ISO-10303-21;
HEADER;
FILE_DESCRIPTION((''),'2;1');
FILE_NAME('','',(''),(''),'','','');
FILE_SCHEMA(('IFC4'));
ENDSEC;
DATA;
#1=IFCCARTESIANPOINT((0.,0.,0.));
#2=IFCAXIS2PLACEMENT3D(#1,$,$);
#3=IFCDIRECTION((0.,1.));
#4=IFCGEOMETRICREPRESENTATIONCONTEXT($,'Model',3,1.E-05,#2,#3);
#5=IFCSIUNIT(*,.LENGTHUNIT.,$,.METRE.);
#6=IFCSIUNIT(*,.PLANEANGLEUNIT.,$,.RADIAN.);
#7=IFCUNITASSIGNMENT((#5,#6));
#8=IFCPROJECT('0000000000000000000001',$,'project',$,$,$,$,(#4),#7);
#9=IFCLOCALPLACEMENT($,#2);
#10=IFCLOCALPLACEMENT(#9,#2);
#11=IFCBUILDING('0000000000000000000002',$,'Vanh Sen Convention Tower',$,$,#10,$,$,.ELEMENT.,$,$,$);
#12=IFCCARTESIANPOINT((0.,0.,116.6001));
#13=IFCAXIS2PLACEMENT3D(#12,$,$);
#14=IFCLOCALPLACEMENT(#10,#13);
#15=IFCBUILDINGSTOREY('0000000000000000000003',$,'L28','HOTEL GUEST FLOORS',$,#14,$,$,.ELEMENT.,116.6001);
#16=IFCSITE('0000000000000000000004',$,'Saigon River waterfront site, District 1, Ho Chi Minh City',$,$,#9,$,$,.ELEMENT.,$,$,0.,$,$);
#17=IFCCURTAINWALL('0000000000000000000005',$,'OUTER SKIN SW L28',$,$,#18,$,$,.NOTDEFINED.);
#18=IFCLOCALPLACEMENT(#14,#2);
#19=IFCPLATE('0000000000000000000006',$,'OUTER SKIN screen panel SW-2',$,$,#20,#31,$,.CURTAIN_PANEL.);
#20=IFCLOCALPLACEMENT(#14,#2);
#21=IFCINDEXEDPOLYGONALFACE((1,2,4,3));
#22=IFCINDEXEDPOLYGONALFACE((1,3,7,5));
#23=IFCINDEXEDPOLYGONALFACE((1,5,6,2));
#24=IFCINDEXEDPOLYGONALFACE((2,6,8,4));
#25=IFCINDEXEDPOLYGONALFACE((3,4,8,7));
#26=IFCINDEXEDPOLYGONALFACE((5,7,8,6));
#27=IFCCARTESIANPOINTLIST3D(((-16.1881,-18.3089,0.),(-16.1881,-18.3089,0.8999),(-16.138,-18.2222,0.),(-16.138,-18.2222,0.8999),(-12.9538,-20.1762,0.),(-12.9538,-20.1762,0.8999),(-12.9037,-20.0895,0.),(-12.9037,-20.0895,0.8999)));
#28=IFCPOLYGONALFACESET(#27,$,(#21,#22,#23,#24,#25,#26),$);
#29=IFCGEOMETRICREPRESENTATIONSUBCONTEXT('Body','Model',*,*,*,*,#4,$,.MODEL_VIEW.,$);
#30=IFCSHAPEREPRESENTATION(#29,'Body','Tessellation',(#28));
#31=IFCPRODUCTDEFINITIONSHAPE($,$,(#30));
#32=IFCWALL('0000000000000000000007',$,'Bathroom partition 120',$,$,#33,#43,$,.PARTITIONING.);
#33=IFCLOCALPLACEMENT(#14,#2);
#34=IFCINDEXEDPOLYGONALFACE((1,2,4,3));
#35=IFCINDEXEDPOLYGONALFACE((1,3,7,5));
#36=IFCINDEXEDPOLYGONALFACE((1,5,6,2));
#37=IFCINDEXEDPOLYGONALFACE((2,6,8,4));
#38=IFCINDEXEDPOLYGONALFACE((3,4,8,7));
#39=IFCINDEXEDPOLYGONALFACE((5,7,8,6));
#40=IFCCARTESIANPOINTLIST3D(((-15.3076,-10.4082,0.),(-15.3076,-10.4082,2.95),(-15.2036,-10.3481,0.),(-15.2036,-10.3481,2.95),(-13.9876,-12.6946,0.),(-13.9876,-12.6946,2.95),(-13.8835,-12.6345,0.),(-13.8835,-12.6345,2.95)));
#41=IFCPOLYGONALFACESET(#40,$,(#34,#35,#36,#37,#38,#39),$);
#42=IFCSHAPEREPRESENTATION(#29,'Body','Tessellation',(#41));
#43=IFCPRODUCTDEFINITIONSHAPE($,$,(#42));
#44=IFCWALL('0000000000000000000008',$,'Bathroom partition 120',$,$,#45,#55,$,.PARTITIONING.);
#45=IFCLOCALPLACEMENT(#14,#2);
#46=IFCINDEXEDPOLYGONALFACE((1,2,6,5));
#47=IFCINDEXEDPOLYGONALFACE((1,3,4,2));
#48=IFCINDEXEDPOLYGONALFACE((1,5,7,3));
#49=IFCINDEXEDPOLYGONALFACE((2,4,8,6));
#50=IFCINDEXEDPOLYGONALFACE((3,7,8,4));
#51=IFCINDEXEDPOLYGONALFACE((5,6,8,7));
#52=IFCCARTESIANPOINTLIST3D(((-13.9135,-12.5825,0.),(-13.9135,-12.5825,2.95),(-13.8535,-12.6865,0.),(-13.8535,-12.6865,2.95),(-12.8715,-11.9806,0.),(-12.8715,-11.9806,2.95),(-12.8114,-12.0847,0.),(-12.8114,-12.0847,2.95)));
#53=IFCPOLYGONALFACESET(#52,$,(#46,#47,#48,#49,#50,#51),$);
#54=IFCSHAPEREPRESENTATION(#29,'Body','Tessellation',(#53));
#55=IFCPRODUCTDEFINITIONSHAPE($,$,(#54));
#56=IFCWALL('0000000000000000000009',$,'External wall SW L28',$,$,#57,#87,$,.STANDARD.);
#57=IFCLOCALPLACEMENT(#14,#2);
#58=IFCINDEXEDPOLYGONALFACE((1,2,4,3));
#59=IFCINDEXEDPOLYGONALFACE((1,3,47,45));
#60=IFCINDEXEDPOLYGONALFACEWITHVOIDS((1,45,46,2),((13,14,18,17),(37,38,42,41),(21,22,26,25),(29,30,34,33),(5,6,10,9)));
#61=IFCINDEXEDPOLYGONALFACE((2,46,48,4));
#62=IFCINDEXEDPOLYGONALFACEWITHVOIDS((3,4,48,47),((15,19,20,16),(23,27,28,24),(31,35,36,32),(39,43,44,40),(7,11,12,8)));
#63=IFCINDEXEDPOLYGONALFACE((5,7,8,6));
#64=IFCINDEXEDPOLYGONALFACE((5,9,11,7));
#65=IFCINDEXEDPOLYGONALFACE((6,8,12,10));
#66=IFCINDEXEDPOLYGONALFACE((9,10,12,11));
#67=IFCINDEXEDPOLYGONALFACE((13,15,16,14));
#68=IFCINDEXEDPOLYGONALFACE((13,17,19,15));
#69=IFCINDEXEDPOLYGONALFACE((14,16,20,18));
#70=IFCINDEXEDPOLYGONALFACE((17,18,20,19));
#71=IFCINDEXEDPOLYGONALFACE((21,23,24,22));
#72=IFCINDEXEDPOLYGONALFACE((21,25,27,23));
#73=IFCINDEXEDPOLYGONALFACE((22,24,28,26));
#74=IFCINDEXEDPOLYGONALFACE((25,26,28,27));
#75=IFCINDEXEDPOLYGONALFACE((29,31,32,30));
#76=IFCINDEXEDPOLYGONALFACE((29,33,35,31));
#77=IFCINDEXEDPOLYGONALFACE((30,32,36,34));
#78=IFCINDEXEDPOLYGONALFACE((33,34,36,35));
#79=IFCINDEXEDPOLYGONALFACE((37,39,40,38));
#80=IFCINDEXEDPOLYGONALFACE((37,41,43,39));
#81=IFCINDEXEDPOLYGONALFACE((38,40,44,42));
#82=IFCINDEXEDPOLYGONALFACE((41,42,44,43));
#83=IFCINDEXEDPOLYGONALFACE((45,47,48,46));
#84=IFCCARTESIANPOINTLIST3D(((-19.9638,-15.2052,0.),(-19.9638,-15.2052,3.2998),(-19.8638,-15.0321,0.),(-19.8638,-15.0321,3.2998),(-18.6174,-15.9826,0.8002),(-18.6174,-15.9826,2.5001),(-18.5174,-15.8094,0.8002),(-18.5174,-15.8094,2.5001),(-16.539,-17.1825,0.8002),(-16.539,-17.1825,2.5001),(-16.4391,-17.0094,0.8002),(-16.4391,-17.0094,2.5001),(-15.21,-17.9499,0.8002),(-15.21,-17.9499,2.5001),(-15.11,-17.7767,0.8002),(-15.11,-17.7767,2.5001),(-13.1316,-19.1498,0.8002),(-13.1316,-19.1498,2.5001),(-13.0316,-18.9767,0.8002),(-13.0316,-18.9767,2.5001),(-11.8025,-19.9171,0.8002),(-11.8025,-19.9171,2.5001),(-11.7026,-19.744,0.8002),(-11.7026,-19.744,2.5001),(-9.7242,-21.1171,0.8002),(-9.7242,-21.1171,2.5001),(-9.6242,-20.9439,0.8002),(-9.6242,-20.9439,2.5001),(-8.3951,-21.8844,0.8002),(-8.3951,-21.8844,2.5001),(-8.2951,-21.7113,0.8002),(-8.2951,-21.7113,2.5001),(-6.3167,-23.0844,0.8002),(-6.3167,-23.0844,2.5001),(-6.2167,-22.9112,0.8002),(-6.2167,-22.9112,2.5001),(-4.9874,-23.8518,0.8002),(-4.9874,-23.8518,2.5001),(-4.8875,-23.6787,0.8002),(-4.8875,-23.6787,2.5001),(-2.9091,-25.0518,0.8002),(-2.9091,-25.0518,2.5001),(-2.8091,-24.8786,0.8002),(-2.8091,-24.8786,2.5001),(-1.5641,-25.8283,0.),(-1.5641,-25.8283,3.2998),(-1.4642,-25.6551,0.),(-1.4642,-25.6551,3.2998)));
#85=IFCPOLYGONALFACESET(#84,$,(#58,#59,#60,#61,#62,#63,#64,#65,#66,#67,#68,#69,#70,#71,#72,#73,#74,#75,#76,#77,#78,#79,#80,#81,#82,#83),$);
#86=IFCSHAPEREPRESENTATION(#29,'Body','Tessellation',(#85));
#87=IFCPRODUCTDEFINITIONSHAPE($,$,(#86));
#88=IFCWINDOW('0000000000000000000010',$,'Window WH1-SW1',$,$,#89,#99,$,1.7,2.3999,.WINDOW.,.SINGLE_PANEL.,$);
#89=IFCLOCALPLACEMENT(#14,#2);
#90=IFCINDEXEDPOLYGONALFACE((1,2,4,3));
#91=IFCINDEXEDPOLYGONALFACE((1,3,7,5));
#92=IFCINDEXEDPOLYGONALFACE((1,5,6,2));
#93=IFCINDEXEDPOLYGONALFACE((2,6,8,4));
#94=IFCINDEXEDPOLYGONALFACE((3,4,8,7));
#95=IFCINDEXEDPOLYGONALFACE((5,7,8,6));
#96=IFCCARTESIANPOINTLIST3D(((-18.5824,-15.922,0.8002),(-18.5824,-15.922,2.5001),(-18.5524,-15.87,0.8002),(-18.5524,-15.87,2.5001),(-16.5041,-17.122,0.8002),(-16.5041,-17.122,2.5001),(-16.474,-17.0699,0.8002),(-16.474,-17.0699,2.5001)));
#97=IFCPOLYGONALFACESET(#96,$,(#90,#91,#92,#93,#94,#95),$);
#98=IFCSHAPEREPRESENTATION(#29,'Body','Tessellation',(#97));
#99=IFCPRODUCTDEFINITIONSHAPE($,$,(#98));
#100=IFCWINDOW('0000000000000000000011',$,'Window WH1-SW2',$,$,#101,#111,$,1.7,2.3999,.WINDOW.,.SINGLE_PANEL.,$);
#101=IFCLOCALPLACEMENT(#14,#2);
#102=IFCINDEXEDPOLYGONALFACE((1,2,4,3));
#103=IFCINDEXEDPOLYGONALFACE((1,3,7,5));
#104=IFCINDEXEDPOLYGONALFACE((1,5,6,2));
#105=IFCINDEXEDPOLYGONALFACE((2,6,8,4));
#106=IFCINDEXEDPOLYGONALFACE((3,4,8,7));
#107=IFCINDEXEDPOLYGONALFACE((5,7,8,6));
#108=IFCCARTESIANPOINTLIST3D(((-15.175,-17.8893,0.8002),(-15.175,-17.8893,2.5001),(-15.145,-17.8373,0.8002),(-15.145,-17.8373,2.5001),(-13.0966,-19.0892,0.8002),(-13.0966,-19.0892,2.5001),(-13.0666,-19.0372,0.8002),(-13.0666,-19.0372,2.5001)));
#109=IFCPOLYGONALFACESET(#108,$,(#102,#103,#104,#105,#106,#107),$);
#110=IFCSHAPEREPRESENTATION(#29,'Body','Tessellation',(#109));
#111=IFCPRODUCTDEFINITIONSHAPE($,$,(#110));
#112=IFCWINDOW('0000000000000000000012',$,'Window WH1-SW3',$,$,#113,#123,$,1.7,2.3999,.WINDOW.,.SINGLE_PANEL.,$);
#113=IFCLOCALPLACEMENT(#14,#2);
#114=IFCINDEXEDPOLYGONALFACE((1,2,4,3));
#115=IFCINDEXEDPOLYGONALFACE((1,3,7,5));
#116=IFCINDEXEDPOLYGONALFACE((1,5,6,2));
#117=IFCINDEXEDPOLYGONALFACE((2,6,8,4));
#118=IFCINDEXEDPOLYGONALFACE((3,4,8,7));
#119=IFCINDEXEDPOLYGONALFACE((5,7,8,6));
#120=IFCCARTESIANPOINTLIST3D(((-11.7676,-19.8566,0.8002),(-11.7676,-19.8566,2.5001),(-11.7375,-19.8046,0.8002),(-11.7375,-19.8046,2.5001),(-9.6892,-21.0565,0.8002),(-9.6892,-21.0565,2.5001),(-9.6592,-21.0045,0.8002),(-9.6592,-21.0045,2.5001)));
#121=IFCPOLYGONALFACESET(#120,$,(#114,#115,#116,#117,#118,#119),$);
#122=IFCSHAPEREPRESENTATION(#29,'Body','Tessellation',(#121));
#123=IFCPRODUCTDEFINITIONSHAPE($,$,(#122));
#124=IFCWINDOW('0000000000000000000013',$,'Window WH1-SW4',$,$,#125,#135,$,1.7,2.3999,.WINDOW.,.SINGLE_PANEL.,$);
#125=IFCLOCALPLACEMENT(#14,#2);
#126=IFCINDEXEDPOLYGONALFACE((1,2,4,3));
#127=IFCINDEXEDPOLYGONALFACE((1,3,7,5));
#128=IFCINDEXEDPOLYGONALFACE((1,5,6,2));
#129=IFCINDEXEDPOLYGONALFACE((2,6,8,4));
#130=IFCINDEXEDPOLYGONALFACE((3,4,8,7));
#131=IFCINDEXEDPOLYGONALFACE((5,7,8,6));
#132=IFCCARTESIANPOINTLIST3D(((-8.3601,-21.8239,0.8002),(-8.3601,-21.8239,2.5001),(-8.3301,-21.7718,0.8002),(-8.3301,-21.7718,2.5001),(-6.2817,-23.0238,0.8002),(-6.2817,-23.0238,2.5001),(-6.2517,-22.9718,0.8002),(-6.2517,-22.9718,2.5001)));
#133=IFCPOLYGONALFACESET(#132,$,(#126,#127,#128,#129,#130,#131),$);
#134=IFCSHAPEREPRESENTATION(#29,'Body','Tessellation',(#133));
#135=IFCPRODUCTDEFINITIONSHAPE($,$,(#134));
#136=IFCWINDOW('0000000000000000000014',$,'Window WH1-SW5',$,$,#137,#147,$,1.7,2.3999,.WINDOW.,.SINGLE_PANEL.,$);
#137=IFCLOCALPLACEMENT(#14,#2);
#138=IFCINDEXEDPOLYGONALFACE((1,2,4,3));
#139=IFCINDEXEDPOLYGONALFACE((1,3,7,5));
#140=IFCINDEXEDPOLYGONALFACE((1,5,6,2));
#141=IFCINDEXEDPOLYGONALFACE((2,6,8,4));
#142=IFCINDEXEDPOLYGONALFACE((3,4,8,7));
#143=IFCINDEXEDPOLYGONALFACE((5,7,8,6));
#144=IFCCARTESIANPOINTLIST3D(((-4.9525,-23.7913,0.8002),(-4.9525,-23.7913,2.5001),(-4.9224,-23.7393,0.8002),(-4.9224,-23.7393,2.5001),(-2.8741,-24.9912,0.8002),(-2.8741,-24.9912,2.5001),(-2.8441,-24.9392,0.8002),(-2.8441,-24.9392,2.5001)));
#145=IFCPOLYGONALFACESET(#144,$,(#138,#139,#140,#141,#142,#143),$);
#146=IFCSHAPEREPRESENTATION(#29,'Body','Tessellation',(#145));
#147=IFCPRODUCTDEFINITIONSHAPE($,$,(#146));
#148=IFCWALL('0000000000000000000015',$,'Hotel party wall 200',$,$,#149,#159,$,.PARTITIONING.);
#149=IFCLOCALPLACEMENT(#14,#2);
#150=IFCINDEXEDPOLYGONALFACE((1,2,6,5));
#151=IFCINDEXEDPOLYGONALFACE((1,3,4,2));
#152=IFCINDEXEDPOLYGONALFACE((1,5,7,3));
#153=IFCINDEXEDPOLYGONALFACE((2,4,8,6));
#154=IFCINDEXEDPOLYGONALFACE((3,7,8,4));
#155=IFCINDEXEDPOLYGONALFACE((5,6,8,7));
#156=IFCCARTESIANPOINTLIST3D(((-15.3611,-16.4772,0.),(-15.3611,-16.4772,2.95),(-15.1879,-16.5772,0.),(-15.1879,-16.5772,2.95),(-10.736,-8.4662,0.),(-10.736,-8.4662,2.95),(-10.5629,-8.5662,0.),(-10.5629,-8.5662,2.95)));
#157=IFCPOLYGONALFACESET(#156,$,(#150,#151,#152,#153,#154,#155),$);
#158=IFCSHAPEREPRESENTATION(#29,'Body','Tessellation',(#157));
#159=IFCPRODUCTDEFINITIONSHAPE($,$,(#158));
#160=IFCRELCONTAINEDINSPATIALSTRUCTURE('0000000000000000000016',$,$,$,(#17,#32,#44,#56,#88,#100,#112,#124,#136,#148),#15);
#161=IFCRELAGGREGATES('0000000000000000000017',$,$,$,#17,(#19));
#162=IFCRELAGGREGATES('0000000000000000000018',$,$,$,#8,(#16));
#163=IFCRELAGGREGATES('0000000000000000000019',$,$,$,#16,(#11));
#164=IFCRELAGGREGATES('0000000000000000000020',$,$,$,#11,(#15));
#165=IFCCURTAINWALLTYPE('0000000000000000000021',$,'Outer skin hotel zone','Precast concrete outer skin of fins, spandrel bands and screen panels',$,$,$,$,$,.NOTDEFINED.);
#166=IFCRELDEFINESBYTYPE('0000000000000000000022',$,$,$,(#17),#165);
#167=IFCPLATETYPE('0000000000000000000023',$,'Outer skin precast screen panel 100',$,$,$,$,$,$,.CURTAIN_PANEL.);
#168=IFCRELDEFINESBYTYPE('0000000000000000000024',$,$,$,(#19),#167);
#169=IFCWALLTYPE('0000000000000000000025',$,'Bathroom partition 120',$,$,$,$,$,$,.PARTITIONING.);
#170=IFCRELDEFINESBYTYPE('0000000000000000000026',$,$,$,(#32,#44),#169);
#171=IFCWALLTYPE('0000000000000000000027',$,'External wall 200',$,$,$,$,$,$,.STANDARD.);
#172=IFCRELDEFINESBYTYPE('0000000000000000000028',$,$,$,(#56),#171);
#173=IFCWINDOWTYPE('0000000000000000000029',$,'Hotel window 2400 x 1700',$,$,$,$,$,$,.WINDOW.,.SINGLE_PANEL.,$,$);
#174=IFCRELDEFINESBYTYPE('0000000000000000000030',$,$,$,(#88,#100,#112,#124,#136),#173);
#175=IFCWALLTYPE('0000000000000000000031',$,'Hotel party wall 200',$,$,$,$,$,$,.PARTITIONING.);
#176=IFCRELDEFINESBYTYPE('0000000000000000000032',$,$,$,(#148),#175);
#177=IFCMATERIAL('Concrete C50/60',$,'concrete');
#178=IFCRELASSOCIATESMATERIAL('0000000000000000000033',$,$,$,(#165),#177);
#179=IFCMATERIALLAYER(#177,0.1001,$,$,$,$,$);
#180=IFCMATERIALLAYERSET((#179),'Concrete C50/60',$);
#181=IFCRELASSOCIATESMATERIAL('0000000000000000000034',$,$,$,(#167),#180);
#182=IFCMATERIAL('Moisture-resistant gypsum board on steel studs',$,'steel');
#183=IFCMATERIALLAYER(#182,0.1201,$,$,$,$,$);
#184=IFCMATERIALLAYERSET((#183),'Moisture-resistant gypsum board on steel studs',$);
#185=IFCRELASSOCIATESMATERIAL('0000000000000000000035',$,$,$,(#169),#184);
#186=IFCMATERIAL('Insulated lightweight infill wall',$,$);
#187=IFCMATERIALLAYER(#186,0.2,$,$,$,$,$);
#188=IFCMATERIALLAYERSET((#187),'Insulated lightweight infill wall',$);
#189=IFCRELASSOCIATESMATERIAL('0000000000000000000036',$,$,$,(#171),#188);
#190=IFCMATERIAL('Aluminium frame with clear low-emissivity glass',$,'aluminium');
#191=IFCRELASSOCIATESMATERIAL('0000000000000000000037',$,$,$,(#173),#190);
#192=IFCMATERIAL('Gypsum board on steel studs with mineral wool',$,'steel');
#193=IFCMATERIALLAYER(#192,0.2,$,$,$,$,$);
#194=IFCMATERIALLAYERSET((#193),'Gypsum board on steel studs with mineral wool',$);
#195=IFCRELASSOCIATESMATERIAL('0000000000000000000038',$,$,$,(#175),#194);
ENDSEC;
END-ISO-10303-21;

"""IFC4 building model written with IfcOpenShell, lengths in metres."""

from ifc_helpers import new_model, si_unit, direction, frame, frame_2d, origin, origin_2d, place, context, subcontext, project, spatial, rectangle, extrude, material, layer, layer_set, type_object, element, fill, aggregate, save


model = new_model("IFC4")

# Units and contexts
model_context = context("Model", 3, precision=1e-05, world=origin(), true_north=direction((0.0, 1.0)))
body_context = subcontext(model_context, "Body", "Model", "MODEL_VIEW")
ifc_project = project(units=[si_unit("LENGTHUNIT", "METRE"), si_unit("PLANEANGLEUNIT", "RADIAN")], contexts=[model_context])

# Site, building, storey
site_placement = place(None, origin())
site = spatial("IfcSite", under=ifc_project, at=site_placement, Name="Saigon River waterfront site, District 1, Ho Chi Minh City", CompositionType="ELEMENT", RefElevation=0.0)
building_placement = place(site_placement, origin())
building = spatial("IfcBuilding", under=site, at=building_placement, Name="Vanh Sen Convention Tower", CompositionType="ELEMENT")
storey_placement = place(building_placement, frame((0.0, 0.0, 116.6001)))
storey = spatial("IfcBuildingStorey", under=building, at=storey_placement, Name="L28", Description="HOTEL GUEST FLOORS", CompositionType="ELEMENT", Elevation=116.6001)

# Curtain wall
ifc_material_1 = material(Name="Concrete C50/60", Category="concrete")
curtain_wall_type = type_object("IfcCurtainWallType", Name="Outer skin hotel zone", Description="Precast concrete outer skin of fins, spandrel bands and screen panels", PredefinedType="NOTDEFINED", material=ifc_material_1)
curtain_wall_1_placement = place(storey_placement, origin())
curtain_wall_1 = element("IfcCurtainWall", 1, at=curtain_wall_1_placement, inside=storey, type_object=curtain_wall_type, Name="OUTER SKIN SW L28", PredefinedType="NOTDEFINED")

# Shared definitions
ifc_layer_1 = layer(ifc_material_1, 0.1001)
ifc_layer_set_1 = layer_set([ifc_layer_1], Name="Concrete C50/60")
plate_type = type_object("IfcPlateType", Name="Outer skin precast screen panel 100", PredefinedType="CURTAIN_PANEL", material=ifc_layer_set_1)

# Plate
plate_1_placement = place(storey_placement, frame((-14.5459, -19.1992, 0.0), z_axis=(0.0, 0.0, 1.0), x_axis=(0.866032, -0.499988, 0.0)))
plate_1 = element("IfcPlate", 2, at=plate_1_placement, type_object=plate_type, Name="OUTER SKIN screen panel SW-2", PredefinedType="CURTAIN_PANEL", context=body_context, shape_type="SweptSolid", body=[
    extrude(rectangle(XDim=3.7346, YDim=0.1001, at=origin_2d()), origin(), (0.0, 0.0, 1.0), 0.8999),
])
aggregate(curtain_wall_1, [plate_1])

# Walls
ifc_material_2 = material(Name="Moisture-resistant gypsum board on steel studs", Category="steel")
ifc_layer_2 = layer(ifc_material_2, 0.1201)
ifc_layer_set_2 = layer_set([ifc_layer_2], Name="Moisture-resistant gypsum board on steel studs")
wall_type_1 = type_object("IfcWallType", Name="Bathroom partition 120", PredefinedType="PARTITIONING", material=ifc_layer_set_2)
wall_1_placement = place(storey_placement, frame((-13.9355, -12.6646, 0.0), z_axis=(0.0, 0.0, 1.0), x_axis=(-0.500008, 0.866021, 0.0)))
element("IfcWall", 3, at=wall_1_placement, inside=storey, type_object=wall_type_1, Name="Bathroom partition 120", PredefinedType="PARTITIONING", context=body_context, shape_type="SweptSolid", body=[
    extrude(rectangle(XDim=2.6401, YDim=0.1201, at=frame_2d((1.3201, 0.0))), origin(), (0.0, 0.0, 1.0), 2.95),
])
wall_2_placement = place(storey_placement, frame((-12.8416, -12.0327, 0.0), z_axis=(0.0, 0.0, 1.0), x_axis=(-0.865949, -0.500132, 0.0)))
element("IfcWall", 4, at=wall_2_placement, inside=storey, type_object=wall_type_1, Name="Bathroom partition 120", PredefinedType="PARTITIONING", context=body_context, shape_type="SweptSolid", body=[
    extrude(rectangle(XDim=1.2034, YDim=0.1201, at=frame_2d((0.6016, 0.0))), origin(), (0.0, 0.0, 1.0), 2.95),
])

# Wall, openings, windows
ifc_material_3 = material(Name="Insulated lightweight infill wall")
ifc_layer_3 = layer(ifc_material_3, 0.2)
ifc_layer_set_3 = layer_set([ifc_layer_3], Name="Insulated lightweight infill wall")
wall_type_2 = type_object("IfcWallType", Name="External wall 200", PredefinedType="STANDARD", material=ifc_layer_set_3)
wall_3_placement = place(storey_placement, frame((-19.9138, -15.1187, 0.0), z_axis=(0.0, 0.0, 1.0), x_axis=(0.866025, -0.5, 0.0)))
wall_3 = element("IfcWall", 5, at=wall_3_placement, inside=storey, type_object=wall_type_2, Name="External wall SW L28", PredefinedType="STANDARD", context=body_context, shape_type="SweptSolid", body=[
    extrude(rectangle(XDim=21.2461, YDim=0.2, at=frame_2d((10.623, 0.0))), origin(), (0.0, 0.0, 1.0), 3.2998),
])
opening_1_placement = place(wall_3_placement, frame((1.5547, 0.0, 0.8)))
opening_1 = element("IfcOpeningElement", 6, at=opening_1_placement, cuts=wall_3, PredefinedType="OPENING", context=body_context, shape_type="SweptSolid", body=[
    extrude(rectangle(XDim=2.3999, YDim=1.7, at=frame_2d((1.2, 0.8501))), frame((0.0, 0.1099, 0.0), z_axis=(0.0, -1.0, 0.0), x_axis=(1.0, 0.0, 0.0)), (0.0, 0.0, 1.0), 0.22),
])
opening_2_placement = place(wall_3_placement, frame((5.4893, 0.0, 0.8)))
opening_2 = element("IfcOpeningElement", 7, at=opening_2_placement, cuts=wall_3, PredefinedType="OPENING", context=body_context, shape_type="SweptSolid", body=[
    extrude(rectangle(XDim=2.3999, YDim=1.7, at=frame_2d((1.2, 0.8501))), frame((0.0, 0.1099, 0.0), z_axis=(0.0, -1.0, 0.0), x_axis=(1.0, 0.0, 0.0)), (0.0, 0.0, 1.0), 0.22),
])
opening_3_placement = place(wall_3_placement, frame((9.4238, 0.0, 0.8)))
opening_3 = element("IfcOpeningElement", 8, at=opening_3_placement, cuts=wall_3, PredefinedType="OPENING", context=body_context, shape_type="SweptSolid", body=[
    extrude(rectangle(XDim=2.3999, YDim=1.7, at=frame_2d((1.2, 0.8501))), frame((0.0, 0.1099, 0.0), z_axis=(0.0, -1.0, 0.0), x_axis=(1.0, 0.0, 0.0)), (0.0, 0.0, 1.0), 0.22),
])
opening_4_placement = place(wall_3_placement, frame((13.3584, 0.0, 0.8)))
opening_4 = element("IfcOpeningElement", 9, at=opening_4_placement, cuts=wall_3, PredefinedType="OPENING", context=body_context, shape_type="SweptSolid", body=[
    extrude(rectangle(XDim=2.3999, YDim=1.7, at=frame_2d((1.2, 0.8501))), frame((0.0, 0.1099, 0.0), z_axis=(0.0, -1.0, 0.0), x_axis=(1.0, 0.0, 0.0)), (0.0, 0.0, 1.0), 0.22),
])
opening_5_placement = place(wall_3_placement, frame((17.2932, 0.0, 0.8)))
opening_5 = element("IfcOpeningElement", 10, at=opening_5_placement, cuts=wall_3, PredefinedType="OPENING", context=body_context, shape_type="SweptSolid", body=[
    extrude(rectangle(XDim=2.3999, YDim=1.7, at=frame_2d((1.2, 0.8501))), frame((0.0, 0.1099, 0.0), z_axis=(0.0, -1.0, 0.0), x_axis=(1.0, 0.0, 0.0)), (0.0, 0.0, 1.0), 0.22),
])
ifc_material_4 = material(Name="Aluminium frame with clear low-emissivity glass", Category="aluminium")
window_type = type_object("IfcWindowType", Name="Hotel window 2400 x 1700", PartitioningType="SINGLE_PANEL", PredefinedType="WINDOW", material=ifc_material_4)
window_1_placement = place(opening_1_placement, origin())
window_1 = element("IfcWindow", 11, at=window_1_placement, inside=storey, type_object=window_type, Name="Window WH1-SW1", OverallHeight=1.7, OverallWidth=2.3999, PartitioningType="SINGLE_PANEL", PredefinedType="WINDOW", context=body_context, shape_type="SweptSolid", body=[
    extrude(rectangle(XDim=2.3999, YDim=1.7, at=frame_2d((1.2, 0.8501))), frame((0.0, 0.03, 0.0), z_axis=(0.0, -1.0, 0.0), x_axis=(1.0, 0.0, 0.0)), (0.0, 0.0, 1.0), 0.0601),
])
fill(opening_1, window_1)
window_2_placement = place(opening_2_placement, origin())
window_2 = element("IfcWindow", 12, at=window_2_placement, inside=storey, type_object=window_type, Name="Window WH1-SW2", OverallHeight=1.7, OverallWidth=2.3999, PartitioningType="SINGLE_PANEL", PredefinedType="WINDOW", context=body_context, shape_type="SweptSolid", body=[
    extrude(rectangle(XDim=2.3999, YDim=1.7, at=frame_2d((1.2, 0.8501))), frame((0.0, 0.03, 0.0), z_axis=(0.0, -1.0, 0.0), x_axis=(1.0, 0.0, 0.0)), (0.0, 0.0, 1.0), 0.0601),
])
fill(opening_2, window_2)
window_3_placement = place(opening_3_placement, origin())
window_3 = element("IfcWindow", 13, at=window_3_placement, inside=storey, type_object=window_type, Name="Window WH1-SW3", OverallHeight=1.7, OverallWidth=2.3999, PartitioningType="SINGLE_PANEL", PredefinedType="WINDOW", context=body_context, shape_type="SweptSolid", body=[
    extrude(rectangle(XDim=2.3999, YDim=1.7, at=frame_2d((1.2, 0.8501))), frame((0.0, 0.03, 0.0), z_axis=(0.0, -1.0, 0.0), x_axis=(1.0, 0.0, 0.0)), (0.0, 0.0, 1.0), 0.0601),
])
fill(opening_3, window_3)
window_4_placement = place(opening_4_placement, origin())
window_4 = element("IfcWindow", 14, at=window_4_placement, inside=storey, type_object=window_type, Name="Window WH1-SW4", OverallHeight=1.7, OverallWidth=2.3999, PartitioningType="SINGLE_PANEL", PredefinedType="WINDOW", context=body_context, shape_type="SweptSolid", body=[
    extrude(rectangle(XDim=2.3999, YDim=1.7, at=frame_2d((1.2, 0.8501))), frame((0.0, 0.03, 0.0), z_axis=(0.0, -1.0, 0.0), x_axis=(1.0, 0.0, 0.0)), (0.0, 0.0, 1.0), 0.0601),
])
fill(opening_4, window_4)
window_5_placement = place(opening_5_placement, origin())
window_5 = element("IfcWindow", 15, at=window_5_placement, inside=storey, type_object=window_type, Name="Window WH1-SW5", OverallHeight=1.7, OverallWidth=2.3999, PartitioningType="SINGLE_PANEL", PredefinedType="WINDOW", context=body_context, shape_type="SweptSolid", body=[
    extrude(rectangle(XDim=2.3999, YDim=1.7, at=frame_2d((1.2, 0.8501))), frame((0.0, 0.03, 0.0), z_axis=(0.0, -1.0, 0.0), x_axis=(1.0, 0.0, 0.0)), (0.0, 0.0, 1.0), 0.0601),
])
fill(opening_5, window_5)

# Wall
ifc_material_5 = material(Name="Gypsum board on steel studs with mineral wool", Category="steel")
ifc_layer_4 = layer(ifc_material_5, 0.2)
ifc_layer_set_4 = layer_set([ifc_layer_4], Name="Gypsum board on steel studs with mineral wool")
wall_type_3 = type_object("IfcWallType", Name="Hotel party wall 200", PredefinedType="PARTITIONING", material=ifc_layer_set_4)
wall_4_placement = place(storey_placement, frame((-15.2744, -16.5271, 0.0), z_axis=(0.0, 0.0, 1.0), x_axis=(0.499988, 0.866032, 0.0)))
element("IfcWall", 16, at=wall_4_placement, inside=storey, type_object=wall_type_3, Name="Hotel party wall 200", PredefinedType="PARTITIONING", context=body_context, shape_type="SweptSolid", body=[
    extrude(rectangle(XDim=9.2502, YDim=0.2, at=frame_2d((4.625, 0.0))), origin(), (0.0, 0.0, 1.0), 2.95),
])

save(model, "model.ifc")
